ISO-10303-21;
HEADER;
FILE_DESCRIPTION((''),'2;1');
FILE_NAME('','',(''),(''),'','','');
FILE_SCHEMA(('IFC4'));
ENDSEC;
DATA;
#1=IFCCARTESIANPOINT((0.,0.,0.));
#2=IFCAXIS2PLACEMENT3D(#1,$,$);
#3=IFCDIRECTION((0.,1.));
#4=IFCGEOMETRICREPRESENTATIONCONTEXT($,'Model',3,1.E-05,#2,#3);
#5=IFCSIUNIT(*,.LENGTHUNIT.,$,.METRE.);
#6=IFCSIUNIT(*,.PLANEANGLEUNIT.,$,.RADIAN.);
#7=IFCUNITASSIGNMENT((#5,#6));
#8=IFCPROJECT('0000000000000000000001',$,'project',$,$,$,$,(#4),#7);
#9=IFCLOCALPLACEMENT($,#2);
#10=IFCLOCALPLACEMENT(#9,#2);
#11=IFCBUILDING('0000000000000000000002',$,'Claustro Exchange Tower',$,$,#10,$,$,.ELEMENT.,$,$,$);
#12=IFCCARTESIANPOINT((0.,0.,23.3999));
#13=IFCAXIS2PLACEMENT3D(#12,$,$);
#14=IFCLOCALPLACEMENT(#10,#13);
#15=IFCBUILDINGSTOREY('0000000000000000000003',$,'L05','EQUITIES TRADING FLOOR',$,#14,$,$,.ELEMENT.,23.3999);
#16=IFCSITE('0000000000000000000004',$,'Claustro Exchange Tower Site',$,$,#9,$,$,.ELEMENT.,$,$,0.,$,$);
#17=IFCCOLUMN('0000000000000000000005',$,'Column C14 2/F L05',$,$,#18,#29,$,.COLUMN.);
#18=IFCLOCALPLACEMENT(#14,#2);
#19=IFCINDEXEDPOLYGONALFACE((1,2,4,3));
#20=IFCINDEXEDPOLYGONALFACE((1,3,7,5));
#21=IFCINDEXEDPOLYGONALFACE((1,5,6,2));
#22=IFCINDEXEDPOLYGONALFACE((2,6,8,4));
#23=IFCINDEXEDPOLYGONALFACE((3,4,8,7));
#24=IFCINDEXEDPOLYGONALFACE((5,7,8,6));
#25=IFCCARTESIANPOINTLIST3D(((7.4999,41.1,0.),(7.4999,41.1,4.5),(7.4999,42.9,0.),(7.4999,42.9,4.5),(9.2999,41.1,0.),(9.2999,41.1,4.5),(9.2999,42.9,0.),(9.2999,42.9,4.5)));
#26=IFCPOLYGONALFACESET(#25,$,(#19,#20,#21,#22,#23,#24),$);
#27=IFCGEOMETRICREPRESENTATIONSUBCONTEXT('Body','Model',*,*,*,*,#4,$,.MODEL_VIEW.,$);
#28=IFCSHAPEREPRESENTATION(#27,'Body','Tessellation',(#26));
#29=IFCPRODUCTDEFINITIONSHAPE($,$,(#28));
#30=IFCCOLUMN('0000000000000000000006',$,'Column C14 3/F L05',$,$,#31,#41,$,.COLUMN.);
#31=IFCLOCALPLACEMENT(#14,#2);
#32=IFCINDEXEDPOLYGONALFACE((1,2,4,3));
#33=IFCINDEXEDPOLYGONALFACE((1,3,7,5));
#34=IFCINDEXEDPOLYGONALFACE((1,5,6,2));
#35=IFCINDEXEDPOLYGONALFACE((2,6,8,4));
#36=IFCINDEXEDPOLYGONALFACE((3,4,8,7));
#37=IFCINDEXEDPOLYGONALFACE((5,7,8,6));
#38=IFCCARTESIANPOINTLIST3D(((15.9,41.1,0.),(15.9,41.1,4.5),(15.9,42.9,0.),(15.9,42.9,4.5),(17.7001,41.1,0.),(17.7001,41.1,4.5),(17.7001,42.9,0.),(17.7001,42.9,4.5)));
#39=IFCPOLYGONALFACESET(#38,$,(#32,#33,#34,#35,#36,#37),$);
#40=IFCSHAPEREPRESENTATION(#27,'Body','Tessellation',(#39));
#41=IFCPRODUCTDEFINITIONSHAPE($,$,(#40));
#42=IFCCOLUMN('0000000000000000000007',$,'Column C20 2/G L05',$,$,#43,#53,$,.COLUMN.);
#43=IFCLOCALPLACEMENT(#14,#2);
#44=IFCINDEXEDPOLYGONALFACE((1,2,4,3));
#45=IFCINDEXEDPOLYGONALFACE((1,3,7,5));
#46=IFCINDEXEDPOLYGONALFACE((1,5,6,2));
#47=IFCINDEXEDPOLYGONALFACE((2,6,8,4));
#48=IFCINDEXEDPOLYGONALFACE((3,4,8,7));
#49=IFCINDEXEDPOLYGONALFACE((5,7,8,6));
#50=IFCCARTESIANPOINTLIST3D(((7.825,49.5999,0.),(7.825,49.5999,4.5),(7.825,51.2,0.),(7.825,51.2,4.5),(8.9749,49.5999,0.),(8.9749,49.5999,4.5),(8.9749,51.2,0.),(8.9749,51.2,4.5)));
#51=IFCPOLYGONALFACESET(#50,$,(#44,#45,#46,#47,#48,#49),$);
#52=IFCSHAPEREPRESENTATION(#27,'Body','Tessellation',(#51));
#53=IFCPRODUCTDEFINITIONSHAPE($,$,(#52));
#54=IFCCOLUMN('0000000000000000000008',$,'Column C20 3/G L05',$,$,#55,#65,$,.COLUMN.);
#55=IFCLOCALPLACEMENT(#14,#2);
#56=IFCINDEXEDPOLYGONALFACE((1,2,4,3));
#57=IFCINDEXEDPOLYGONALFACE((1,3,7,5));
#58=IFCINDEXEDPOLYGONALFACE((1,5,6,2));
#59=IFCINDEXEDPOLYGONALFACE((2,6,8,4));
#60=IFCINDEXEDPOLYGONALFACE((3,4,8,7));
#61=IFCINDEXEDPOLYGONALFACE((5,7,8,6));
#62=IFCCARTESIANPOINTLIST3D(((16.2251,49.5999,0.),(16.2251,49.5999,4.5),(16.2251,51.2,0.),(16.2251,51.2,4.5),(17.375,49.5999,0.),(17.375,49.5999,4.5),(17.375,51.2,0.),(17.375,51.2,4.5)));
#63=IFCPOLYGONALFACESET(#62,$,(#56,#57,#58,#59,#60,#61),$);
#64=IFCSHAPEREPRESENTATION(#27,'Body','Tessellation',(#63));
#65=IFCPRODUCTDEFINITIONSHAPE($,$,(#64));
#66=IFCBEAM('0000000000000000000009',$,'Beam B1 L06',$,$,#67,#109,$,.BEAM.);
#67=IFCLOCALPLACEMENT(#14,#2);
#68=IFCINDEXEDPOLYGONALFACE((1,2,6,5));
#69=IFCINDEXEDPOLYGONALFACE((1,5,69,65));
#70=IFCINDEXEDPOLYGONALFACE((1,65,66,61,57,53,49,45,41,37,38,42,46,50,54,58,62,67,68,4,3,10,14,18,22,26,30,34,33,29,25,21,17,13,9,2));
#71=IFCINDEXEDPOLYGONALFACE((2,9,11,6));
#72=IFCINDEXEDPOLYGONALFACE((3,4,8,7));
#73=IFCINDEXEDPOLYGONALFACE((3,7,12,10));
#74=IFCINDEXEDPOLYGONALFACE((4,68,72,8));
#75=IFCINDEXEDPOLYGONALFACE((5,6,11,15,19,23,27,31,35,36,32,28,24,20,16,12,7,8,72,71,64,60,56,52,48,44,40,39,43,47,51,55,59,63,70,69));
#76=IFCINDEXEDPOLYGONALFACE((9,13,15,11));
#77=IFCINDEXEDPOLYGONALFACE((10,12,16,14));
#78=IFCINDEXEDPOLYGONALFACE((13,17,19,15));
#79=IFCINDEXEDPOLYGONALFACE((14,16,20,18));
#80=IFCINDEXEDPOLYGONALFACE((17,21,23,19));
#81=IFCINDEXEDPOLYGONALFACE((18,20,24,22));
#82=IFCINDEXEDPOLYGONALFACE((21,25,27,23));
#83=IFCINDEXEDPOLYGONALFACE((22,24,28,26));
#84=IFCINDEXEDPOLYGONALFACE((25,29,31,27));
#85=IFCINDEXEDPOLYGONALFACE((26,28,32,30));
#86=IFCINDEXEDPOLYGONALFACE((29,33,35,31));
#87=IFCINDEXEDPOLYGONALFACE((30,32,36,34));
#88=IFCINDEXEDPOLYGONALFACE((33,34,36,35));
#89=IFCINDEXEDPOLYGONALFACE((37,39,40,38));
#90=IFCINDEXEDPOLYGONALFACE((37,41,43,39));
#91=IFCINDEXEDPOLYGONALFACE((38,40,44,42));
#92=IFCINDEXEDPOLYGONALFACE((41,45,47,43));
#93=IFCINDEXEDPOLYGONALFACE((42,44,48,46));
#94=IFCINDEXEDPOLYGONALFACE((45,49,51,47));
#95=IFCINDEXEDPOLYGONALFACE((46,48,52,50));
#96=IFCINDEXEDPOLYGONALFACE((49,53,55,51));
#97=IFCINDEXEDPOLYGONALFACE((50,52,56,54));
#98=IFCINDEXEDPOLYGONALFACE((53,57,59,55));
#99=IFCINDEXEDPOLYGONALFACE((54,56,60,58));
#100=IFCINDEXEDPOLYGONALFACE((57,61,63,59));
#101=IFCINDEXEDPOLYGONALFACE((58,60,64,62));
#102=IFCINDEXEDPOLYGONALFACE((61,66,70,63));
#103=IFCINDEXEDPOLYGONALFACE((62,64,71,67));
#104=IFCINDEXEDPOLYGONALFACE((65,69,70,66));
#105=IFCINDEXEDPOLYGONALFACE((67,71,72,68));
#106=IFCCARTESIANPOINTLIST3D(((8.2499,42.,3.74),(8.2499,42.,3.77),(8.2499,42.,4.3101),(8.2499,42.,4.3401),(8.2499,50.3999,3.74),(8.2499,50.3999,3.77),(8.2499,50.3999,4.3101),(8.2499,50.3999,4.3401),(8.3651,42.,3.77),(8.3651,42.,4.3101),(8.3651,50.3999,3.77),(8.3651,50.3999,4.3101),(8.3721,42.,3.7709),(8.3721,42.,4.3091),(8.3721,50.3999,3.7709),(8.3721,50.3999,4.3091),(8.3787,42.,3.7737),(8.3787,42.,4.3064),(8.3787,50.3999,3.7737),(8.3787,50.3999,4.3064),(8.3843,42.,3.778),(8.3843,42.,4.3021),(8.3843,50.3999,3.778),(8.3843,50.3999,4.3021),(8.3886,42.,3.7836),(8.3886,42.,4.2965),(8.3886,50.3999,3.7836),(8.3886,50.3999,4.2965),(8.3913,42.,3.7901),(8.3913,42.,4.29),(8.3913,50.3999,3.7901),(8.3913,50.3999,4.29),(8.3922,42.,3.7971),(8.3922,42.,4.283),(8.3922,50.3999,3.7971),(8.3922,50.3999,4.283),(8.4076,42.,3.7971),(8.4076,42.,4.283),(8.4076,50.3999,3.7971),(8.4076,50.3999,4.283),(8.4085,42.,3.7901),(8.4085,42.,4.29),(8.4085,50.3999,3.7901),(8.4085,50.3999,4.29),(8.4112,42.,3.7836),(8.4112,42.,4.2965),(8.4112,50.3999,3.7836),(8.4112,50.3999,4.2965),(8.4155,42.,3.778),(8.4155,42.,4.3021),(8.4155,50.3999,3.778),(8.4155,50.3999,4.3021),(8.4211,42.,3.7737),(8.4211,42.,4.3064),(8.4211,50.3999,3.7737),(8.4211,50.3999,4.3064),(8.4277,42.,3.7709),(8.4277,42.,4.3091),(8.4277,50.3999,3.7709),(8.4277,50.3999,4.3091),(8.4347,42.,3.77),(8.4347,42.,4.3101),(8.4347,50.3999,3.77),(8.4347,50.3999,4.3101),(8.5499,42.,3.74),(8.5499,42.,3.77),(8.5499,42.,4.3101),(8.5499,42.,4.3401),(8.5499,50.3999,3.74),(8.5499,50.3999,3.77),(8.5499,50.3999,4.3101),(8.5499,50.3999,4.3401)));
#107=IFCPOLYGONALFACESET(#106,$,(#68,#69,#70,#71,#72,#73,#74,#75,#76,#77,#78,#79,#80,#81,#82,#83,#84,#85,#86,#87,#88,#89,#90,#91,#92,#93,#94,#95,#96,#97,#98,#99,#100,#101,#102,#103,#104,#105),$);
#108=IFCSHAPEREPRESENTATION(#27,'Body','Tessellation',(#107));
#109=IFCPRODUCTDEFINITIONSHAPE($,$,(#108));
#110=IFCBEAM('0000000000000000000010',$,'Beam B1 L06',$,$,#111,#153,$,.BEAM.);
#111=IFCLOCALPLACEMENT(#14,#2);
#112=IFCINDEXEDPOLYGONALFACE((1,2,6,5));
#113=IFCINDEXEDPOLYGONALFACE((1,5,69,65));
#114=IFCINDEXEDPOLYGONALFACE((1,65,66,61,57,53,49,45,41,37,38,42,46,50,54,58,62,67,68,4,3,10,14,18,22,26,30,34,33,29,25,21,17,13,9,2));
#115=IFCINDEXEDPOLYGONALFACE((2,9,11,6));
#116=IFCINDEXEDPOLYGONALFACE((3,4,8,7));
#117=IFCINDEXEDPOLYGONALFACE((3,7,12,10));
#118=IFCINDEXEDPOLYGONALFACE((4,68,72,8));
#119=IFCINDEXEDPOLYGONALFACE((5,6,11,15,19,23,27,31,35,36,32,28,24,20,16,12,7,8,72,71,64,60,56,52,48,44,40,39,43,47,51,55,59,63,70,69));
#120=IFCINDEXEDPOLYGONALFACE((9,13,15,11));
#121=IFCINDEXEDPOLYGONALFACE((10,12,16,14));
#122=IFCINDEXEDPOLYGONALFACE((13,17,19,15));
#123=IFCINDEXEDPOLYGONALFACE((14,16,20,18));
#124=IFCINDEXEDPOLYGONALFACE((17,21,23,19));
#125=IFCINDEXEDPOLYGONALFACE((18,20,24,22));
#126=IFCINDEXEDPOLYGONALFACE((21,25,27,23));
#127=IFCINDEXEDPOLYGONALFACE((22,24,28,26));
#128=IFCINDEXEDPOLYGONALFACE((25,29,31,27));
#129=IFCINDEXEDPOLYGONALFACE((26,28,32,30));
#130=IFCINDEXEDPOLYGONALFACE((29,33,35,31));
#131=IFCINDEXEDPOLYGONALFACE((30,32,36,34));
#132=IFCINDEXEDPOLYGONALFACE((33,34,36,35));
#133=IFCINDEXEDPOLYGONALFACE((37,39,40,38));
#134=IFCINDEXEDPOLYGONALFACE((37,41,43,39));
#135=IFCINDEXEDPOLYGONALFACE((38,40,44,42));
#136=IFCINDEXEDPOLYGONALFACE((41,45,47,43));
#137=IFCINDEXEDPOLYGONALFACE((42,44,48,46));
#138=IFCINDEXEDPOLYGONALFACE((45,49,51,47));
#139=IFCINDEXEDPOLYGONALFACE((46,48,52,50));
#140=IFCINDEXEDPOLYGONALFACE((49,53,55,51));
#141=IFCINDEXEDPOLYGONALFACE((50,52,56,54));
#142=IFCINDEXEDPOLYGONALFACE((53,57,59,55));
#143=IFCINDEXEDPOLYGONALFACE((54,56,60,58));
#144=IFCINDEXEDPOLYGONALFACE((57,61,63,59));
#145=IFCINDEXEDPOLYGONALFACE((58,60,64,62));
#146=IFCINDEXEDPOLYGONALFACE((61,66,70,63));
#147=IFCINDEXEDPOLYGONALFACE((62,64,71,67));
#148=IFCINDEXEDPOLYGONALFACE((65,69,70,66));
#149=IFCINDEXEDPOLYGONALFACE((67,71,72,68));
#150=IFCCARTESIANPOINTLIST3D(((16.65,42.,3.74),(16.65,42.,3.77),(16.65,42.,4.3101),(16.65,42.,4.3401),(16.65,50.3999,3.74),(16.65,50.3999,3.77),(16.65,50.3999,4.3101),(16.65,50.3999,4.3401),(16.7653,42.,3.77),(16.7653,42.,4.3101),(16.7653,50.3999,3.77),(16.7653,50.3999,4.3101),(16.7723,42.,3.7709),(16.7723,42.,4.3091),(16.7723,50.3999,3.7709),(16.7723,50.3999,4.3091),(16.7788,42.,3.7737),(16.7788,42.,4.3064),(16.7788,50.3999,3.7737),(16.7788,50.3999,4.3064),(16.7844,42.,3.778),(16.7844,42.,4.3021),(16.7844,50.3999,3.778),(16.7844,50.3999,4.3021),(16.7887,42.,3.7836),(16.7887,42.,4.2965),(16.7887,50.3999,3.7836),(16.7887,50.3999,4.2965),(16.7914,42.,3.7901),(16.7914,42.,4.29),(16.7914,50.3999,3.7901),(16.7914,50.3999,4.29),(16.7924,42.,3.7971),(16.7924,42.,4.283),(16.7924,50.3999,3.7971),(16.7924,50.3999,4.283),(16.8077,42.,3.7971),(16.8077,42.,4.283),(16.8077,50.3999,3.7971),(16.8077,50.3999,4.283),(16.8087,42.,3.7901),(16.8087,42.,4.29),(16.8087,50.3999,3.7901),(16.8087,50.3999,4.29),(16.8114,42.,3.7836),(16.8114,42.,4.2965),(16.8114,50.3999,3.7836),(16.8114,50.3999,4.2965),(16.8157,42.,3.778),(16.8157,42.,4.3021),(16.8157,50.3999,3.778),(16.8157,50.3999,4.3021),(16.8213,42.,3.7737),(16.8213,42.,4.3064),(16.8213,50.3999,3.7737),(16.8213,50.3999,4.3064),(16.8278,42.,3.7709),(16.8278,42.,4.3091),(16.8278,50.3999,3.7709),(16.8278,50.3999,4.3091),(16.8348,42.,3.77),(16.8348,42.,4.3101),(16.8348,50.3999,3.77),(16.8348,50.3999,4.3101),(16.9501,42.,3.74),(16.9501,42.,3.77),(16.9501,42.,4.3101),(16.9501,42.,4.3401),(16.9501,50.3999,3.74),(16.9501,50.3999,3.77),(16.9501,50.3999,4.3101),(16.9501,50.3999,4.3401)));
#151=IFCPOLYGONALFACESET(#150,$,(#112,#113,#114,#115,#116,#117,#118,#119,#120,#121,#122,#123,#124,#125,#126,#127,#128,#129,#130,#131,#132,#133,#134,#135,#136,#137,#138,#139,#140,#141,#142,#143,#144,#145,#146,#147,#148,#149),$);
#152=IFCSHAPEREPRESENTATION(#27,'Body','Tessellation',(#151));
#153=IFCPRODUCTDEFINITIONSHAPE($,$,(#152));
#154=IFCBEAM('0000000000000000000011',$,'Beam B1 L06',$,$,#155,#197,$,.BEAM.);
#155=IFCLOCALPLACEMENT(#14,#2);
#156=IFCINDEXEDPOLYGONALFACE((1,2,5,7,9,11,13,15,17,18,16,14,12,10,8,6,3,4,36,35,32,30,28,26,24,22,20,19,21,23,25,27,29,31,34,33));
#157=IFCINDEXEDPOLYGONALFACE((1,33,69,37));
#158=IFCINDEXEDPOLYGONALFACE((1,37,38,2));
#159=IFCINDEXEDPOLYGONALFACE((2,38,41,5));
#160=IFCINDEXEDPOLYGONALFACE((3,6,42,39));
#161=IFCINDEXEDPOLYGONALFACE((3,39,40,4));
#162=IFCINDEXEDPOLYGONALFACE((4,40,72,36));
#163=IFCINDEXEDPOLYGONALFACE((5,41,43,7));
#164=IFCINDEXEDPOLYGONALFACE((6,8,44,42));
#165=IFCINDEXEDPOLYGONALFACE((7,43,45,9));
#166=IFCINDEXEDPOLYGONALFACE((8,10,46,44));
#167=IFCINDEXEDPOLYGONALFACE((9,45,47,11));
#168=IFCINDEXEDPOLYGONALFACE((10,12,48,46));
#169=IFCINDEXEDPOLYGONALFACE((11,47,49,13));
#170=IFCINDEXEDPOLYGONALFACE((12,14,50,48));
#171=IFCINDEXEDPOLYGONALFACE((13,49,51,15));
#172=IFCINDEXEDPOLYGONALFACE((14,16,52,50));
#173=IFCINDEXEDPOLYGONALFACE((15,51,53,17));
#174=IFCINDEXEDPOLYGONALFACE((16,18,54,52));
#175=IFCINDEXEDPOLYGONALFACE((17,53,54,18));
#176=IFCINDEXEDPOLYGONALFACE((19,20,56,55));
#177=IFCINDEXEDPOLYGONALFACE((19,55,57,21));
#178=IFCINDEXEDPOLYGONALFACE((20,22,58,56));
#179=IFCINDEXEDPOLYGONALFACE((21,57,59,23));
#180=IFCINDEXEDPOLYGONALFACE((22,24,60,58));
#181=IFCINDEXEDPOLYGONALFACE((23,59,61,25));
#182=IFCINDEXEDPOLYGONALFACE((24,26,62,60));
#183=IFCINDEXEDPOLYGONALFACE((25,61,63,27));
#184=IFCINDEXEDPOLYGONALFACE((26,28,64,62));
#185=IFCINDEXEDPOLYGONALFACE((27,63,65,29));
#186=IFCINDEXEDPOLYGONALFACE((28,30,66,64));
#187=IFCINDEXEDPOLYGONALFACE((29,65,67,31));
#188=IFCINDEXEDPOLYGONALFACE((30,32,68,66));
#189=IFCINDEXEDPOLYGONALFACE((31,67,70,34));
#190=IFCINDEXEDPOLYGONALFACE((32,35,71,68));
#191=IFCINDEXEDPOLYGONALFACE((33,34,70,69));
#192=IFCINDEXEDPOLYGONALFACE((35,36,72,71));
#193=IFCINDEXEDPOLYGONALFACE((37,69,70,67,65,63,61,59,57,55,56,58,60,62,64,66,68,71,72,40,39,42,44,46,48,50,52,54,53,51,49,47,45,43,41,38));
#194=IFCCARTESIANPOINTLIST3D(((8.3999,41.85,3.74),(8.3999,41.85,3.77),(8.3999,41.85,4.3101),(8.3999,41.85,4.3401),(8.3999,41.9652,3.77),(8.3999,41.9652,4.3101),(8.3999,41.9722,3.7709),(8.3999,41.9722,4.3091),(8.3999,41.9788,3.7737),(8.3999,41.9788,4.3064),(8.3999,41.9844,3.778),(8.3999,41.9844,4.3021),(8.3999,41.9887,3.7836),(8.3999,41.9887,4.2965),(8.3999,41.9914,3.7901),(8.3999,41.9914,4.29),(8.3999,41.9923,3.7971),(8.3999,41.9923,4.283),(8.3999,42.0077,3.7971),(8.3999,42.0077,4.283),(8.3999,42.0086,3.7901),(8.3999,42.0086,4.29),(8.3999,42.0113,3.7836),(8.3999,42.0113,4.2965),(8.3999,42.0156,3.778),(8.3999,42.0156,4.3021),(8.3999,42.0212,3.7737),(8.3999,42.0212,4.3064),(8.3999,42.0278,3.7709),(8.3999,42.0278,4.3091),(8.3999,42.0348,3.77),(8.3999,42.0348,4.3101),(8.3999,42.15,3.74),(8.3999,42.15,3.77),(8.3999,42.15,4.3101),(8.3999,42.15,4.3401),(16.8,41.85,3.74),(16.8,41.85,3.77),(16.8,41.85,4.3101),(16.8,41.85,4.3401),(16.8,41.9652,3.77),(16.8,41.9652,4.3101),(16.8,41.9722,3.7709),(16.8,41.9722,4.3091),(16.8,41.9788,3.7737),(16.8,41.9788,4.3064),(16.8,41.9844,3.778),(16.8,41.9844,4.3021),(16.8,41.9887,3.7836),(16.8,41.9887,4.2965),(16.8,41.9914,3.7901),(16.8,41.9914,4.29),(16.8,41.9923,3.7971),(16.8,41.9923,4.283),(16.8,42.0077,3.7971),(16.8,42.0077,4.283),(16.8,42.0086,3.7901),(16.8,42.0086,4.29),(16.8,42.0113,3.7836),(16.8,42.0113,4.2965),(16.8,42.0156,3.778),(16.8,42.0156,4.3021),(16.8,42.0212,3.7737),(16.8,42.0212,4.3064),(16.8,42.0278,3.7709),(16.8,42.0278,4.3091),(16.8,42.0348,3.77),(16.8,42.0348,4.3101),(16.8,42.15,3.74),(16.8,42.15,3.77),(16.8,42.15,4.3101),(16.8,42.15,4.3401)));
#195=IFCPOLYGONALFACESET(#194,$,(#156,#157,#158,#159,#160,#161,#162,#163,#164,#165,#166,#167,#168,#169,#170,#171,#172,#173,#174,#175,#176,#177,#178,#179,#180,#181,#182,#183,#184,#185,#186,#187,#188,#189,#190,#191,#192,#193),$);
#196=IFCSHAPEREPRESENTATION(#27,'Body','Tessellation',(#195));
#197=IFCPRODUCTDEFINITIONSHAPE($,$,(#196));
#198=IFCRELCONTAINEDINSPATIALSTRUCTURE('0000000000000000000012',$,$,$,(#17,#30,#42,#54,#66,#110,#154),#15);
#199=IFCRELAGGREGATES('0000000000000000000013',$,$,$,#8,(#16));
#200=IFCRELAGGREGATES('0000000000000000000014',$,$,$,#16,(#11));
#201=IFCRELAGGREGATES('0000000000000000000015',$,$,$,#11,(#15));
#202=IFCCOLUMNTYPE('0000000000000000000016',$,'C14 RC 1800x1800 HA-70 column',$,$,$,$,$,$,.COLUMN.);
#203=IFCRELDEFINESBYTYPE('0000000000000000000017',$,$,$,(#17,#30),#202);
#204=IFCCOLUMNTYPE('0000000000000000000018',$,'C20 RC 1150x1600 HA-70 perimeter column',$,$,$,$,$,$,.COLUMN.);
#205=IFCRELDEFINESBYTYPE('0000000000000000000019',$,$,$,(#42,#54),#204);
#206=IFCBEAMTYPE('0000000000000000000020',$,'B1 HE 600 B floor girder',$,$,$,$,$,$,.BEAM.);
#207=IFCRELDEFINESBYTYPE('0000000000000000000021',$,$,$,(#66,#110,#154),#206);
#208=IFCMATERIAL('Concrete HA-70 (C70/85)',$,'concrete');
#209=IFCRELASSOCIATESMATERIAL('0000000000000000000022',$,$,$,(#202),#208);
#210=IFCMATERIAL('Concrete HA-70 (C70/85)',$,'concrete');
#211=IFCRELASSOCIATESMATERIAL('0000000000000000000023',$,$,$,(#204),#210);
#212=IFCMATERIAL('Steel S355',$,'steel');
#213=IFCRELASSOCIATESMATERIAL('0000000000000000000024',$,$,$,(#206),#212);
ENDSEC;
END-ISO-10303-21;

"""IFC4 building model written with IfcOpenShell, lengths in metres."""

from ifc_helpers import new_model, si_unit, direction, frame, origin, origin_2d, place, context, subcontext, project, spatial, rectangle, i_section, extrude, material, material_profile, profile_set, type_object, element, save


model = new_model("IFC4")

# Units and contexts
model_context = context("Model", 3, precision=1e-05, world=origin(), true_north=direction((0.0, 1.0)))
body_context = subcontext(model_context, "Body", "Model", "MODEL_VIEW")
ifc_project = project(units=[si_unit("LENGTHUNIT", "METRE"), si_unit("PLANEANGLEUNIT", "RADIAN")], contexts=[model_context])

# Site, building, storey
site_placement = place(None, origin())
site = spatial("IfcSite", under=ifc_project, at=site_placement, Name="Claustro Exchange Tower Site", CompositionType="ELEMENT", RefElevation=0.0)
building_placement = place(site_placement, origin())
building = spatial("IfcBuilding", under=site, at=building_placement, Name="Claustro Exchange Tower", CompositionType="ELEMENT")
storey_placement = place(building_placement, frame((0.0, 0.0, 23.3999)))
storey = spatial("IfcBuildingStorey", under=building, at=storey_placement, Name="L05", Description="EQUITIES TRADING FLOOR", CompositionType="ELEMENT", Elevation=23.3999)

# Columns
ifc_material_1 = material(Name="Concrete HA-70 (C70/85)", Category="concrete")
ifc_material_profile_1 = material_profile(ifc_material_1, rectangle(XDim=1.8, YDim=1.8, at=origin_2d()), Name="RC 1800x1800")
ifc_profile_set_1 = profile_set([ifc_material_profile_1], Name="Concrete HA-70 (C70/85)")
column_type_1 = type_object("IfcColumnType", Name="C14 RC 1800x1800 HA-70 column", PredefinedType="COLUMN", material=ifc_profile_set_1)
for number, where, z_axis, x_axis, name in (
    (1, (8.3999, 42.0, 0.0), (0.0, 0.0, 1.0), (1.0, 0.0, 0.0), "Column C14 2/F L05"),
    (2, (16.8, 42.0, 0.0), (0.0, 0.0, 1.0), (1.0, 0.0, 0.0), "Column C14 3/F L05"),
):
    element("IfcColumn", number, at=place(storey_placement, frame(where, z_axis=z_axis, x_axis=x_axis)), inside=storey, type_object=column_type_1, Name=name, PredefinedType="COLUMN", context=body_context, shape_type="SweptSolid", body=[
        extrude(rectangle(XDim=1.8, YDim=1.8, at=origin_2d()), origin(), (0.0, 0.0, 1.0), 4.5),
    ])
ifc_material_2 = material(Name="Concrete HA-70 (C70/85)", Category="concrete")
ifc_material_profile_2 = material_profile(ifc_material_2, rectangle(XDim=1.1499, YDim=1.6001, at=origin_2d()), Name="RC 1150x1600")
ifc_profile_set_2 = profile_set([ifc_material_profile_2], Name="Concrete HA-70 (C70/85)")
column_type_2 = type_object("IfcColumnType", Name="C20 RC 1150x1600 HA-70 perimeter column", PredefinedType="COLUMN", material=ifc_profile_set_2)
for number, where, z_axis, x_axis, name in (
    (3, (8.3999, 50.3999, 0.0), (0.0, 0.0, 1.0), (1.0, 0.0, 0.0), "Column C20 2/G L05"),
    (4, (16.8, 50.3999, 0.0), (0.0, 0.0, 1.0), (1.0, 0.0, 0.0), "Column C20 3/G L05"),
):
    element("IfcColumn", number, at=place(storey_placement, frame(where, z_axis=z_axis, x_axis=x_axis)), inside=storey, type_object=column_type_2, Name=name, PredefinedType="COLUMN", context=body_context, shape_type="SweptSolid", body=[
        extrude(rectangle(XDim=1.1499, YDim=1.6001, at=origin_2d()), origin(), (0.0, 0.0, 1.0), 4.5),
    ])

# Beams
ifc_material_3 = material(Name="Steel S355", Category="steel")
ifc_material_profile_3 = material_profile(ifc_material_3, i_section(OverallWidth=0.3, OverallDepth=0.6001, WebThickness=0.0154, FlangeThickness=0.03, FilletRadius=0.0271, at=origin_2d()), Name="HE 600 B")
ifc_profile_set_3 = profile_set([ifc_material_profile_3], Name="Steel S355")
beam_type_1 = type_object("IfcBeamType", Name="B1 HE 600 B floor girder", PredefinedType="BEAM", material=ifc_profile_set_3)
for number, where, z_axis, x_axis, name in (
    (5, (8.3999, 42.0, 4.04), (0.0, 1.0, 0.0), (-1.0, 0.0, 0.0), "Beam B1 L06"),
    (6, (16.8, 42.0, 4.04), (0.0, 1.0, 0.0), (-1.0, 0.0, 0.0), "Beam B1 L06"),
):
    element("IfcBeam", number, at=place(storey_placement, frame(where, z_axis=z_axis, x_axis=x_axis)), inside=storey, type_object=beam_type_1, Name=name, PredefinedType="BEAM", context=body_context, shape_type="SweptSolid", body=[
        extrude(i_section(OverallWidth=0.3, OverallDepth=0.6001, WebThickness=0.0154, FlangeThickness=0.03, FilletRadius=0.0271, at=origin_2d()), origin(), (0.0, 0.0, 1.0), 8.3999),
    ])
beam_1_placement = place(storey_placement, frame((8.3999, 42.0, 4.04), z_axis=(1.0, 0.0, 0.0), x_axis=(0.0, 1.0, 0.0)))
element("IfcBeam", 7, at=beam_1_placement, inside=storey, type_object=beam_type_1, Name="Beam B1 L06", PredefinedType="BEAM", context=body_context, shape_type="SweptSolid", body=[
    extrude(i_section(OverallWidth=0.3, OverallDepth=0.6001, WebThickness=0.0154, FlangeThickness=0.03, FilletRadius=0.0271, at=origin_2d()), origin(), (0.0, 0.0, 1.0), 8.4001),
])

save(model, "model.ifc")
